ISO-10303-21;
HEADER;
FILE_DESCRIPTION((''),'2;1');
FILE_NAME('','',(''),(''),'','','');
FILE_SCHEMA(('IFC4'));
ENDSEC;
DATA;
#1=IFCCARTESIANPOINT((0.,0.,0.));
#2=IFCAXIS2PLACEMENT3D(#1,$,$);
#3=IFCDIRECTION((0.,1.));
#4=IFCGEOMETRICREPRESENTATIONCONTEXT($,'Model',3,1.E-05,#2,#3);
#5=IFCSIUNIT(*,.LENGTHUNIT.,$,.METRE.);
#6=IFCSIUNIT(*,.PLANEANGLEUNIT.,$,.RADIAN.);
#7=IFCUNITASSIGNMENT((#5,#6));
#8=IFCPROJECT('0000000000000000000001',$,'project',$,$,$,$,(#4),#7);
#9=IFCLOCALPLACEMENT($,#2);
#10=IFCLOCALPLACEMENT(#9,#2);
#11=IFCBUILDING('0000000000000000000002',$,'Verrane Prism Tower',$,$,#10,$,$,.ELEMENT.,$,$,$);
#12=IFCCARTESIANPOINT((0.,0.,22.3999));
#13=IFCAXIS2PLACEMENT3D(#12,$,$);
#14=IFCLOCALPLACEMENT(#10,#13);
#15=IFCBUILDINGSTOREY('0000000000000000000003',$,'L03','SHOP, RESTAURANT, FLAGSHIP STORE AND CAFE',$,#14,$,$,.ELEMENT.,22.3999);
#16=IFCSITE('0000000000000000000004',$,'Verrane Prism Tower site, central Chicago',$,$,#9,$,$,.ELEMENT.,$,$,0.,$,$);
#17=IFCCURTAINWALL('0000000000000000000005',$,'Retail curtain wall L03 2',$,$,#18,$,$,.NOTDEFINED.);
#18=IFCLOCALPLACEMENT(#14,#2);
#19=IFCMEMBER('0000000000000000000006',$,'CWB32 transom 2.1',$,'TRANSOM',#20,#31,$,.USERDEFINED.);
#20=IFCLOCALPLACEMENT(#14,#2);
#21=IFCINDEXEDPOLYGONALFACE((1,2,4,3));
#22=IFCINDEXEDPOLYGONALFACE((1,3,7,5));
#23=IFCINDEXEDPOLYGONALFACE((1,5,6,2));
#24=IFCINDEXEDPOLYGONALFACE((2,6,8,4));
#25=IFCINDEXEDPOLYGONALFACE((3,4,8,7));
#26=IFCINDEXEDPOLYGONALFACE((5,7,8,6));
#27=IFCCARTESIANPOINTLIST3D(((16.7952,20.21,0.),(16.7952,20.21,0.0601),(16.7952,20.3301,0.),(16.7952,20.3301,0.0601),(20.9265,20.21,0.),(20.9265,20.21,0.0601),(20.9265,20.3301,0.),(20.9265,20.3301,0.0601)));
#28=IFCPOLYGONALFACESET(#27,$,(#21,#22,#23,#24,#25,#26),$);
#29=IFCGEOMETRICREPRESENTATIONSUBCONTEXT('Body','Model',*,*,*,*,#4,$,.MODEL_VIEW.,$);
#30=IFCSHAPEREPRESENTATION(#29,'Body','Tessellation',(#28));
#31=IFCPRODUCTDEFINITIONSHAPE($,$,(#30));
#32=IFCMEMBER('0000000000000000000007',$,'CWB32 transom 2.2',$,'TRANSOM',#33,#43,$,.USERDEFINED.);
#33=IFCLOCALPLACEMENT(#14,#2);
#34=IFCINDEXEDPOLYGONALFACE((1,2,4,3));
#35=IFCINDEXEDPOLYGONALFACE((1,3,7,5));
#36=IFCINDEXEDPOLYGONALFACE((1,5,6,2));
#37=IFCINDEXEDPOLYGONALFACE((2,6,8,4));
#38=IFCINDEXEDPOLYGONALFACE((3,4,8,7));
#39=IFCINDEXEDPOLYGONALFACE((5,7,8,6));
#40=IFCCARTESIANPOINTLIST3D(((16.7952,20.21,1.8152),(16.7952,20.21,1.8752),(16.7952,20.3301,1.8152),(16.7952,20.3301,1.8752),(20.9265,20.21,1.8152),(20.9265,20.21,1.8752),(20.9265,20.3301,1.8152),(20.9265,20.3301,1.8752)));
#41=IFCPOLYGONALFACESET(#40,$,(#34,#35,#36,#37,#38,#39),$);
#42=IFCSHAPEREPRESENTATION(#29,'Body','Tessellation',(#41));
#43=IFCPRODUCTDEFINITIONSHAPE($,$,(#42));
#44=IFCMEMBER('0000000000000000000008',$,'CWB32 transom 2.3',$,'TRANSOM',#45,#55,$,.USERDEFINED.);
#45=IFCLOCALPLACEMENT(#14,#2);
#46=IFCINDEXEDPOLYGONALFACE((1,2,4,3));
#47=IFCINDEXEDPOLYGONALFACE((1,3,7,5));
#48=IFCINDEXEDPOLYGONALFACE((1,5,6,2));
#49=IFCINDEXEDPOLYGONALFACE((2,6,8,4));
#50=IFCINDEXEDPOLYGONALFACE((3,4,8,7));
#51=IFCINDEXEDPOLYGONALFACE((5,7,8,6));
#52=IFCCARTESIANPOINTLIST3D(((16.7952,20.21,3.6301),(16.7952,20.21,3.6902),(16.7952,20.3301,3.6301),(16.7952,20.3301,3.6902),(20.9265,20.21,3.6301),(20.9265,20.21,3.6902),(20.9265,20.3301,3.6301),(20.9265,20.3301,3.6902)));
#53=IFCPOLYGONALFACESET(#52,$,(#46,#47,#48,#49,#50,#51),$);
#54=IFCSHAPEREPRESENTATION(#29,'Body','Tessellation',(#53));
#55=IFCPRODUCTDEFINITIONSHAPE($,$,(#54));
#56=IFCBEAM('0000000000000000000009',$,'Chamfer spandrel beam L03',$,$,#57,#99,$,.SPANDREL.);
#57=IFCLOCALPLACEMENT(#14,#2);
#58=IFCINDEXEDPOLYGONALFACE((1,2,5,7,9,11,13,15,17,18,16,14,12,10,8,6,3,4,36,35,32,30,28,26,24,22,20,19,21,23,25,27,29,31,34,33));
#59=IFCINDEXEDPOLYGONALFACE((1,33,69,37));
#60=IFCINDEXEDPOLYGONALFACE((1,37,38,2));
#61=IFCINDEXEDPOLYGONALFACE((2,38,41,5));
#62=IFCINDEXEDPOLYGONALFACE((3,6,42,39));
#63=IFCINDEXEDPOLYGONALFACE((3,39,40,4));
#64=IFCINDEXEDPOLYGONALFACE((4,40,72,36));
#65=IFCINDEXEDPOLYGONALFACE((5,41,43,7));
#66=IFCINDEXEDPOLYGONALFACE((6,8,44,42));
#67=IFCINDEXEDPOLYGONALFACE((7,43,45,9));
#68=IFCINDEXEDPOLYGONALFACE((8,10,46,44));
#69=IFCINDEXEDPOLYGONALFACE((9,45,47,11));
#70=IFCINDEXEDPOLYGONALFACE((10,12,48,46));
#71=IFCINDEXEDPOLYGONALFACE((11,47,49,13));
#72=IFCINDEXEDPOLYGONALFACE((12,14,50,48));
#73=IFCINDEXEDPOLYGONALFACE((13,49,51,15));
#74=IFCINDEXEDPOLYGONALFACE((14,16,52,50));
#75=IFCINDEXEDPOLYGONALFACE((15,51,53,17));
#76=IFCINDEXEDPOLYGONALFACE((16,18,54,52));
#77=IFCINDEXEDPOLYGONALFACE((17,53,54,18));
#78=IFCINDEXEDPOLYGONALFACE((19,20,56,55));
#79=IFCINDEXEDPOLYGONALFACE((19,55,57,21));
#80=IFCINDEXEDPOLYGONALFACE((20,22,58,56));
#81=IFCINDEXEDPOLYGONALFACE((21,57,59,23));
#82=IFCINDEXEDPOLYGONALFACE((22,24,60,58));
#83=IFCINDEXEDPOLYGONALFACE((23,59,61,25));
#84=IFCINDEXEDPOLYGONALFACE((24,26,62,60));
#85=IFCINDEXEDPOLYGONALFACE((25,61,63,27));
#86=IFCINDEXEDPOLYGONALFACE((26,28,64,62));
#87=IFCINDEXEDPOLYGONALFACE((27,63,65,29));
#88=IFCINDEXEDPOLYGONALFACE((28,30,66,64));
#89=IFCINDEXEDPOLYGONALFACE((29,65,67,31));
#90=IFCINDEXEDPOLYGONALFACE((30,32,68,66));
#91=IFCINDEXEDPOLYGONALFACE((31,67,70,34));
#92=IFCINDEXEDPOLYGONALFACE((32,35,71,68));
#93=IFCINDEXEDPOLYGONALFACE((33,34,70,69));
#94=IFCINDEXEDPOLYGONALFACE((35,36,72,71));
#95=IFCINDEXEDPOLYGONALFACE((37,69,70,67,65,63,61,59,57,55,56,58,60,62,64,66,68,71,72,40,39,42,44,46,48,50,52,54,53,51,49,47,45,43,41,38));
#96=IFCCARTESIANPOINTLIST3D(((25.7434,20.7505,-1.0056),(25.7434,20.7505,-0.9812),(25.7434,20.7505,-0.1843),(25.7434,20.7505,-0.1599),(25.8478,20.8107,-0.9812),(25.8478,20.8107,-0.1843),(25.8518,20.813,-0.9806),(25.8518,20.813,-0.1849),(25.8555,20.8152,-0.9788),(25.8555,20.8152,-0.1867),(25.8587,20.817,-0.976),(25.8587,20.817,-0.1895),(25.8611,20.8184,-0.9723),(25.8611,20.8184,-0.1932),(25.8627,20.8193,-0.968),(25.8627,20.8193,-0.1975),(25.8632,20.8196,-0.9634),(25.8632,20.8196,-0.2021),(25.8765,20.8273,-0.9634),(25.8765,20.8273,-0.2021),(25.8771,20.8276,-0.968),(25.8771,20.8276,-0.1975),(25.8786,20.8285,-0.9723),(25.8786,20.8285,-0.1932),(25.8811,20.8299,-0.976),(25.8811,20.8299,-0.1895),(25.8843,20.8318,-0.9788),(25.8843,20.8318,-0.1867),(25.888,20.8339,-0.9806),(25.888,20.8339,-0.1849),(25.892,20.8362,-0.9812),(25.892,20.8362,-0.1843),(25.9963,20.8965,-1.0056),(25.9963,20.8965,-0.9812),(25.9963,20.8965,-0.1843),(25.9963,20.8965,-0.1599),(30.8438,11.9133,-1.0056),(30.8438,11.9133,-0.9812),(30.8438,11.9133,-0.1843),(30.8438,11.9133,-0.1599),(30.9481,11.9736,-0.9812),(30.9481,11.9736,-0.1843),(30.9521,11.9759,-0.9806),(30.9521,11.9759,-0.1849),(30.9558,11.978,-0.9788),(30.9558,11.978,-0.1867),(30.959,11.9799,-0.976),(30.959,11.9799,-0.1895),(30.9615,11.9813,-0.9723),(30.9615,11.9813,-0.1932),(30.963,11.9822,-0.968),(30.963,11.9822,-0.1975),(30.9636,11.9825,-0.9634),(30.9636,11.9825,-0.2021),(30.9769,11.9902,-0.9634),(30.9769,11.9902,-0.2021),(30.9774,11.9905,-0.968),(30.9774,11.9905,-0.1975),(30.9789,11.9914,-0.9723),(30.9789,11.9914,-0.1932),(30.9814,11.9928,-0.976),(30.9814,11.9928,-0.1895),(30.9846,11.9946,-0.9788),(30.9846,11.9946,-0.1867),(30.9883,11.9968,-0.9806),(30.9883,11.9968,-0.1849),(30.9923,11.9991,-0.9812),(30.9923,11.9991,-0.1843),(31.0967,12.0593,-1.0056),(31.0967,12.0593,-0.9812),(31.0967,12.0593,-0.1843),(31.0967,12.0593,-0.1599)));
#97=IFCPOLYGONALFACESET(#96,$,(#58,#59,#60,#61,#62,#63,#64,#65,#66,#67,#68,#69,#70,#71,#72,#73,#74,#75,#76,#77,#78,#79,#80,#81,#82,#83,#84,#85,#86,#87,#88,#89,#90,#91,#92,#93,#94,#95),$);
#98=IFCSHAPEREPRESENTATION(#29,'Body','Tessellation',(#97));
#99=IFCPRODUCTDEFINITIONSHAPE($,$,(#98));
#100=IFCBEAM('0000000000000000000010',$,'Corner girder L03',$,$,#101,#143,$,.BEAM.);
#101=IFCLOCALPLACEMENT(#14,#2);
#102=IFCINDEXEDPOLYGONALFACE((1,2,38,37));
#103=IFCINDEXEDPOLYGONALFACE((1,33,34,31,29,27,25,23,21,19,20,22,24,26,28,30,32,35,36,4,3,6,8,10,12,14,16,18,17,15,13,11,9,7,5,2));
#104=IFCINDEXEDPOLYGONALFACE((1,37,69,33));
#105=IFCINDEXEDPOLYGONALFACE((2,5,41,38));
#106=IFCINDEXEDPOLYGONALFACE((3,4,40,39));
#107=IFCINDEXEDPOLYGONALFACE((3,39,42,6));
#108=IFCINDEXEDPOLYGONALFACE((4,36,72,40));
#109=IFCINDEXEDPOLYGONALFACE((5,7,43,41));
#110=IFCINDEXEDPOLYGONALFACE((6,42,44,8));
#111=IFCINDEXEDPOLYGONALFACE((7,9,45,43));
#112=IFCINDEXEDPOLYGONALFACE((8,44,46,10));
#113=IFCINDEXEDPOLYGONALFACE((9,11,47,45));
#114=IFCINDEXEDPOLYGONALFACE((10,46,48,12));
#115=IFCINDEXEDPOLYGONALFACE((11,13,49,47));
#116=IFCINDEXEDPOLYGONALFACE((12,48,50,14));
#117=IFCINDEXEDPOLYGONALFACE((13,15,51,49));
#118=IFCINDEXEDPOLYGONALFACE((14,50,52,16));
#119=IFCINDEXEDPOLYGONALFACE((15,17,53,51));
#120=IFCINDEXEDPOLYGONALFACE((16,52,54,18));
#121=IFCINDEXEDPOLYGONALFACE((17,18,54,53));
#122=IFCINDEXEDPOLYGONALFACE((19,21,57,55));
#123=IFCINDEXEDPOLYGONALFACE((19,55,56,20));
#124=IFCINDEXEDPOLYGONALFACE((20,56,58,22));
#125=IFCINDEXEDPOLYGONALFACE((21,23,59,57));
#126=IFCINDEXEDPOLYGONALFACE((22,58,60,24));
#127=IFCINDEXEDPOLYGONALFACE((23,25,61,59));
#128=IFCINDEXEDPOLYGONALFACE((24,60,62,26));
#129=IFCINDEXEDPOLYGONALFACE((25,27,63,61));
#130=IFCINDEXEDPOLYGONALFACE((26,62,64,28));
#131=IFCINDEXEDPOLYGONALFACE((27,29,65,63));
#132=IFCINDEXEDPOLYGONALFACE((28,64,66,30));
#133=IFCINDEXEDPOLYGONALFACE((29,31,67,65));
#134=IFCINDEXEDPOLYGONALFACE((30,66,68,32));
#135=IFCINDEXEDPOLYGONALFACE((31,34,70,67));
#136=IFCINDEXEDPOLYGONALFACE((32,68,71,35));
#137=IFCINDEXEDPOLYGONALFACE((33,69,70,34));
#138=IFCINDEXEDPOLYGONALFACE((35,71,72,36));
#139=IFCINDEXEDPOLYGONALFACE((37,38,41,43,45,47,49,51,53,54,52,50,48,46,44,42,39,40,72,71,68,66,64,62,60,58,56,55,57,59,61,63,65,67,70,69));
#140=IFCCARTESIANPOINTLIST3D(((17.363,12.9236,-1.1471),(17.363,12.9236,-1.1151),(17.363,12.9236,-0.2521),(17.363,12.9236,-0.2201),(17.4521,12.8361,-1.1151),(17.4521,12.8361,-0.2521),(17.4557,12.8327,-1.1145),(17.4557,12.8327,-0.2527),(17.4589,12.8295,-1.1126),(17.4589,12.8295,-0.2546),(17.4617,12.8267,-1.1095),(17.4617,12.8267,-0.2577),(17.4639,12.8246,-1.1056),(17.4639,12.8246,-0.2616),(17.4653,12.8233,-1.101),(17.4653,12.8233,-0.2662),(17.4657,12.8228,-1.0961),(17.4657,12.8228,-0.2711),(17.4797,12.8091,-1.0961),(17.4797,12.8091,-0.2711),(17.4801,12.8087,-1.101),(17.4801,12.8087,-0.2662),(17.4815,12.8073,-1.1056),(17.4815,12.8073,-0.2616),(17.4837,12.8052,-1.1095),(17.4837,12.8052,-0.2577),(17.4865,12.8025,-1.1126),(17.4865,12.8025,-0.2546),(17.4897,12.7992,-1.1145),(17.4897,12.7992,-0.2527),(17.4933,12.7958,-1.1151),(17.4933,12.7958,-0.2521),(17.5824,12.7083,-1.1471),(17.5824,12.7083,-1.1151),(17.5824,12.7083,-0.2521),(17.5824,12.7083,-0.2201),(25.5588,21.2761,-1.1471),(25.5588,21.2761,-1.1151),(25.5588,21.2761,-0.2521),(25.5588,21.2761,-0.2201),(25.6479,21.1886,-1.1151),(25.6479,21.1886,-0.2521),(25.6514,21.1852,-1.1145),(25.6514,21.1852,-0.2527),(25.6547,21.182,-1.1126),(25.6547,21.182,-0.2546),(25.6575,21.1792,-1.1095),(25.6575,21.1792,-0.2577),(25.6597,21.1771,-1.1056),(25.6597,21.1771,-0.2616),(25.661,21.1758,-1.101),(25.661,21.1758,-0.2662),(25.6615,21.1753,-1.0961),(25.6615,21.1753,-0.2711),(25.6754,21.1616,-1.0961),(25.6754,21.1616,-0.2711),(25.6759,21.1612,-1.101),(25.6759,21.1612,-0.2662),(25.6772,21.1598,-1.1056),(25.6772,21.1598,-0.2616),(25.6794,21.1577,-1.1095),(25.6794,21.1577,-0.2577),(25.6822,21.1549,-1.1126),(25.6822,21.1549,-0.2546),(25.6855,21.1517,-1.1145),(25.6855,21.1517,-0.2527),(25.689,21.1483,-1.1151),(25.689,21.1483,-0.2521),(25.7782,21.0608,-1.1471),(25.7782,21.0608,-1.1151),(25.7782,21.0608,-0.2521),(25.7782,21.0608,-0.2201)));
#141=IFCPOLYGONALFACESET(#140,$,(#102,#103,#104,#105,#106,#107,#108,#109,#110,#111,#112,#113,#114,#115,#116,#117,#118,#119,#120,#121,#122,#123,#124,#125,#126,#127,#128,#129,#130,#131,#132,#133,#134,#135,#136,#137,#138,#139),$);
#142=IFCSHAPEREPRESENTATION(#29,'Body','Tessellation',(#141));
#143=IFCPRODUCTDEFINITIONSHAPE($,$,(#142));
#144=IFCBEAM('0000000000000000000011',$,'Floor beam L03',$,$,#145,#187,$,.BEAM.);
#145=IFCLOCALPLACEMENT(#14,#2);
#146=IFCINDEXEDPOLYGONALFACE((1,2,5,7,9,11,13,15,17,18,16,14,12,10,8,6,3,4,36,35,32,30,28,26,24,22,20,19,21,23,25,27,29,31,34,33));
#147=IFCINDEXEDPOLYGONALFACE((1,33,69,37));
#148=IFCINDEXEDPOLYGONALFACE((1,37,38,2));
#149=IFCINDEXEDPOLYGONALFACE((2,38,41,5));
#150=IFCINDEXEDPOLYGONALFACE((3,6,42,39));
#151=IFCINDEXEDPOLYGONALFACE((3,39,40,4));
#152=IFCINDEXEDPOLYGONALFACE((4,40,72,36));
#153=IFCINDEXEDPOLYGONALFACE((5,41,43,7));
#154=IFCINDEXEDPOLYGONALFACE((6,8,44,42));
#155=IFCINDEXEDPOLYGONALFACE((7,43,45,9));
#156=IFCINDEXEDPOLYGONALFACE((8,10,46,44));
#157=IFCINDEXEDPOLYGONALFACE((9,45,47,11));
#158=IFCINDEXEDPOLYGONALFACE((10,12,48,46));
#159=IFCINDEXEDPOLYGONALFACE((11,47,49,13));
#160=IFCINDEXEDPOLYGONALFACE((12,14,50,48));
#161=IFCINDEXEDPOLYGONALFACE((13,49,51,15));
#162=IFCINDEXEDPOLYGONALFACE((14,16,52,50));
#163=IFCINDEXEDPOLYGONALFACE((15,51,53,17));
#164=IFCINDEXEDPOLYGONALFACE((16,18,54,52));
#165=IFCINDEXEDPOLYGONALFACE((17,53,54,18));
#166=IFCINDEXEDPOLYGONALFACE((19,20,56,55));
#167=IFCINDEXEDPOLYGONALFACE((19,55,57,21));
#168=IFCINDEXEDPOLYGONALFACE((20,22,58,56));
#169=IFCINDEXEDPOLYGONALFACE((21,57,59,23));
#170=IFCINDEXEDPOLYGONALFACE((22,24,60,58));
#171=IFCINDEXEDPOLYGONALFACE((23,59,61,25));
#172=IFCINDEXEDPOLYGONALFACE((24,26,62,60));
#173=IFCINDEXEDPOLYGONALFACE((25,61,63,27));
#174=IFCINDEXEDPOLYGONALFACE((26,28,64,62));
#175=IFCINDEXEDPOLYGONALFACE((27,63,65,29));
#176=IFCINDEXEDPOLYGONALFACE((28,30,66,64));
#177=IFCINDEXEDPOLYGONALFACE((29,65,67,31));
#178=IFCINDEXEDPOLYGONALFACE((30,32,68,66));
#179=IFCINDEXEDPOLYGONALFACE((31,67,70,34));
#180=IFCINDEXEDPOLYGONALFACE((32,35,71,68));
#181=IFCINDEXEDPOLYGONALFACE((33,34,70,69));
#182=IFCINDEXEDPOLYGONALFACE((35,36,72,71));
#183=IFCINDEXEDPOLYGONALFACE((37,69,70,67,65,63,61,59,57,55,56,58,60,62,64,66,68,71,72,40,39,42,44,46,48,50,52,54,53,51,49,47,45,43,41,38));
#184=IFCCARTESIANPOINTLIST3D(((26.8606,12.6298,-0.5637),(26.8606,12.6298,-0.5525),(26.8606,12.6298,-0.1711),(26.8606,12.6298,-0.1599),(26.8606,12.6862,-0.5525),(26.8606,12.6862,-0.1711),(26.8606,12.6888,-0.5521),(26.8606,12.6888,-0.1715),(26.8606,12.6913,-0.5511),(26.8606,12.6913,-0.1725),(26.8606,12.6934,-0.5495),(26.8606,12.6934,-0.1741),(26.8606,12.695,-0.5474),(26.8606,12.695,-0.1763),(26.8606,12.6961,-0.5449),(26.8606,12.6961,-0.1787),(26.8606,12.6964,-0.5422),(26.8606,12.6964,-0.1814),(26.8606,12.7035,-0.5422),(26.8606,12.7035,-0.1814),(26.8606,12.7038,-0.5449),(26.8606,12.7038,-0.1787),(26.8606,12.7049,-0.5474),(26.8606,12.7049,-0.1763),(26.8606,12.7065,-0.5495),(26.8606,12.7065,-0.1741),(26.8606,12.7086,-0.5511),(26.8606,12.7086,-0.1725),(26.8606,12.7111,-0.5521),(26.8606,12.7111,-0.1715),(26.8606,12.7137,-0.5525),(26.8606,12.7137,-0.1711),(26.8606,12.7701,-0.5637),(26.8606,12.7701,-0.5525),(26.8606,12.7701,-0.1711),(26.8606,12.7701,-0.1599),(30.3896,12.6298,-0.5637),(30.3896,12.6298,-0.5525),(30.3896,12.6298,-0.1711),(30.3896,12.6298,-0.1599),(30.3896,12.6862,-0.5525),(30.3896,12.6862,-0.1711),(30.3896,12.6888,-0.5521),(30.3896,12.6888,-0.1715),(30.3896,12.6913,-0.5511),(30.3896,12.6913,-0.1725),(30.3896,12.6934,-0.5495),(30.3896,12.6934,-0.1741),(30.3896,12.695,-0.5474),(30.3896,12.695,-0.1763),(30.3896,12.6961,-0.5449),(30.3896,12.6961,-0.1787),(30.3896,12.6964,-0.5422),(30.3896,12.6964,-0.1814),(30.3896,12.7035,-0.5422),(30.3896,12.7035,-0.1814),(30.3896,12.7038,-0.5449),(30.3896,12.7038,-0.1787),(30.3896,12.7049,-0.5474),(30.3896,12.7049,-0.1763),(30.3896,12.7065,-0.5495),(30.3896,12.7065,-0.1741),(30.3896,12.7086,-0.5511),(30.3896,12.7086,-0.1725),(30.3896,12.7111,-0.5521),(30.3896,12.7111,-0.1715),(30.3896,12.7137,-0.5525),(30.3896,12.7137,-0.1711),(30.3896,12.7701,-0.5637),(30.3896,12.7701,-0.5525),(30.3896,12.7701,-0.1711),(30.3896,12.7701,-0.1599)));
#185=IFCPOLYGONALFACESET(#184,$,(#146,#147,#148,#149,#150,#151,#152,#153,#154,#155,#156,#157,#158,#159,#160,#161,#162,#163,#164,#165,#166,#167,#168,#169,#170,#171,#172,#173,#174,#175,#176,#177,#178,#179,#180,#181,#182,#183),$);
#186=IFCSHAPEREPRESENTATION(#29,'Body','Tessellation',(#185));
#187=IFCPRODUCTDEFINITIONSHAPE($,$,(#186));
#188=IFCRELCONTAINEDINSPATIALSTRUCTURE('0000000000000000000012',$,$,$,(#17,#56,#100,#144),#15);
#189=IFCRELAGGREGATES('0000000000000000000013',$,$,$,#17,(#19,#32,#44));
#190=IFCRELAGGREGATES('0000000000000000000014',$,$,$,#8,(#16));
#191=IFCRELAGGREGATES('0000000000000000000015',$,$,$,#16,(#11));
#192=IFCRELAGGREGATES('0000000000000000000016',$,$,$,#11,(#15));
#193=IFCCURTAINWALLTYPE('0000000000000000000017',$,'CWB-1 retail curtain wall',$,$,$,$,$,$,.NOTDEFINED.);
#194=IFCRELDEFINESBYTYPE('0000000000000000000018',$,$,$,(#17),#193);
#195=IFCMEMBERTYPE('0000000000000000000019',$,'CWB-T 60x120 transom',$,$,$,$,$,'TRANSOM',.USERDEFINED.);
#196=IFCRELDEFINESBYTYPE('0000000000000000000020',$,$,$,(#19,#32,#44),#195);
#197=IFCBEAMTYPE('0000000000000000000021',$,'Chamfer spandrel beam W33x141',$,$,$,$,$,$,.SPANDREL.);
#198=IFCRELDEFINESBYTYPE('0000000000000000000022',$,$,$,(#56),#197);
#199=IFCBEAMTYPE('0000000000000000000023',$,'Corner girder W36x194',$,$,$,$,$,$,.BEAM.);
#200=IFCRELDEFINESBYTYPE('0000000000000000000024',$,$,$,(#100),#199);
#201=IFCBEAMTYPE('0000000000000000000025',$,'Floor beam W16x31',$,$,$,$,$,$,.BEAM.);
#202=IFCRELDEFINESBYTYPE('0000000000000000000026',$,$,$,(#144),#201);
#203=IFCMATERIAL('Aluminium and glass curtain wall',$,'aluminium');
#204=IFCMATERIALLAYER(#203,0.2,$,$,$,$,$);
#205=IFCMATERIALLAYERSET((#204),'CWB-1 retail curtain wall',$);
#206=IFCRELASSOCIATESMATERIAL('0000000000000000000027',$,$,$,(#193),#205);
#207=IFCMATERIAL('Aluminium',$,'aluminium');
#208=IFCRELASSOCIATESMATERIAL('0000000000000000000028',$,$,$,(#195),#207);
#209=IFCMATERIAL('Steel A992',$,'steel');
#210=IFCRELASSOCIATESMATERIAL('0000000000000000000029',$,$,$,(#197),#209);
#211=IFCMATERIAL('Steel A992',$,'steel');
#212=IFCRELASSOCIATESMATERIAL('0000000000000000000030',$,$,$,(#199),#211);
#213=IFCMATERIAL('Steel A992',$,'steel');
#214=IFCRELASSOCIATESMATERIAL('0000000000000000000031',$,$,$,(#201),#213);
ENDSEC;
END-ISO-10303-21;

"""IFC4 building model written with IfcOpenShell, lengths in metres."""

from ifc_helpers import new_model, si_unit, direction, frame, origin, origin_2d, place, context, subcontext, project, spatial, rectangle, i_section, extrude, material, layer, layer_set, material_profile, profile_set, type_object, element, aggregate, save


model = new_model("IFC4")

# Units and contexts
model_context = context("Model", 3, precision=1e-05, world=origin(), true_north=direction((0.0, 1.0)))
body_context = subcontext(model_context, "Body", "Model", "MODEL_VIEW")
ifc_project = project(units=[si_unit("LENGTHUNIT", "METRE"), si_unit("PLANEANGLEUNIT", "RADIAN")], contexts=[model_context])

# Site, building, storey
site_placement = place(None, origin())
site = spatial("IfcSite", under=ifc_project, at=site_placement, Name="Verrane Prism Tower site, central Chicago", CompositionType="ELEMENT", RefElevation=0.0)
building_placement = place(site_placement, origin())
building = spatial("IfcBuilding", under=site, at=building_placement, Name="Verrane Prism Tower", CompositionType="ELEMENT")
storey_placement = place(building_placement, frame((0.0, 0.0, 22.3999)))
storey = spatial("IfcBuildingStorey", under=building, at=storey_placement, Name="L03", Description="SHOP, RESTAURANT, FLAGSHIP STORE AND CAFE", CompositionType="ELEMENT", Elevation=22.3999)

# Curtain wall
ifc_material_1 = material(Name="Aluminium and glass curtain wall", Category="aluminium")
ifc_layer_1 = layer(ifc_material_1, 0.2)
ifc_layer_set_1 = layer_set([ifc_layer_1], Name="CWB-1 retail curtain wall")
curtain_wall_type = type_object("IfcCurtainWallType", Name="CWB-1 retail curtain wall", PredefinedType="NOTDEFINED", material=ifc_layer_set_1)
curtain_wall_1_placement = place(storey_placement, origin())
curtain_wall_1 = element("IfcCurtainWall", 1, at=curtain_wall_1_placement, inside=storey, type_object=curtain_wall_type, Name="Retail curtain wall L03 2", PredefinedType="NOTDEFINED")

# Members
ifc_material_2 = material(Name="Aluminium", Category="aluminium")
ifc_material_profile_1 = material_profile(ifc_material_2, rectangle(XDim=0.1201, YDim=0.0601, at=origin_2d()), Name="CWB-T 60x120 transom")
ifc_profile_set_1 = profile_set([ifc_material_profile_1], Name="Aluminium")
member_type_1 = type_object("IfcMemberType", Name="CWB-T 60x120 transom", ElementType="TRANSOM", PredefinedType="USERDEFINED", material=ifc_profile_set_1)
member_1_placement = place(storey_placement, frame((20.9265, 20.27, 0.03), z_axis=(-1.0, 0.0, 0.0), x_axis=(0.0, -1.0, 0.0)))
member_1 = element("IfcMember", 2, at=member_1_placement, type_object=member_type_1, Name="CWB32 transom 2.1", ObjectType="TRANSOM", PredefinedType="USERDEFINED", context=body_context, shape_type="SweptSolid", body=[
    extrude(rectangle(XDim=0.1201, YDim=0.0601, at=origin_2d()), origin(), (0.0, 0.0, 1.0), 4.1313),
])
member_2_placement = place(storey_placement, frame((20.9265, 20.27, 1.8452), z_axis=(-1.0, 0.0, 0.0), x_axis=(0.0, -1.0, 0.0)))
member_2 = element("IfcMember", 3, at=member_2_placement, type_object=member_type_1, Name="CWB32 transom 2.2", ObjectType="TRANSOM", PredefinedType="USERDEFINED", context=body_context, shape_type="SweptSolid", body=[
    extrude(rectangle(XDim=0.1201, YDim=0.0601, at=origin_2d()), origin(), (0.0, 0.0, 1.0), 4.1313),
])
member_3_placement = place(storey_placement, frame((20.9265, 20.27, 3.6602), z_axis=(-1.0, 0.0, 0.0), x_axis=(0.0, -1.0, 0.0)))
member_3 = element("IfcMember", 4, at=member_3_placement, type_object=member_type_1, Name="CWB32 transom 2.3", ObjectType="TRANSOM", PredefinedType="USERDEFINED", context=body_context, shape_type="SweptSolid", body=[
    extrude(rectangle(XDim=0.1201, YDim=0.0601, at=origin_2d()), origin(), (0.0, 0.0, 1.0), 4.1313),
])

# Beams
ifc_material_3 = material(Name="Steel A992", Category="steel")
ifc_material_profile_2 = material_profile(ifc_material_3, i_section(OverallWidth=0.292, OverallDepth=0.8457, WebThickness=0.0154, FlangeThickness=0.0244, FilletRadius=0.0178, at=origin_2d()), Name="W33x141")
ifc_profile_set_2 = profile_set([ifc_material_profile_2], Name="Steel A992")
beam_type_1 = type_object("IfcBeamType", Name="Chamfer spandrel beam W33x141", PredefinedType="SPANDREL", material=ifc_profile_set_2)
beam_1_placement = place(storey_placement, frame((30.9702, 11.9863, -0.5828), z_axis=(-0.499868, 0.866102, 0.0), x_axis=(-0.866102, -0.499868, 0.0)))
element("IfcBeam", 5, at=beam_1_placement, inside=storey, type_object=beam_type_1, Name="Chamfer spandrel beam L03", PredefinedType="SPANDREL", context=body_context, shape_type="SweptSolid", body=[
    extrude(i_section(OverallWidth=0.292, OverallDepth=0.8457, WebThickness=0.0154, FlangeThickness=0.0244, FilletRadius=0.0178, at=origin_2d()), origin(), (0.0, 0.0, 1.0), 10.2034),
])
ifc_material_4 = material(Name="Steel A992", Category="steel")
ifc_material_profile_3 = material_profile(ifc_material_4, i_section(OverallWidth=0.3074, OverallDepth=0.927, WebThickness=0.0195, FlangeThickness=0.032, FilletRadius=0.019, at=origin_2d()), Name="W36x194")
ifc_profile_set_3 = profile_set([ifc_material_profile_3], Name="Steel A992")
beam_type_2 = type_object("IfcBeamType", Name="Corner girder W36x194", PredefinedType="BEAM", material=ifc_profile_set_3)
beam_2_placement = place(storey_placement, frame((25.6685, 21.1685, -0.6836), z_axis=(-0.700378, -0.713772, 0.0), x_axis=(0.713772, -0.700378, 0.0)))
element("IfcBeam", 6, at=beam_2_placement, inside=storey, type_object=beam_type_2, Name="Corner girder L03", PredefinedType="BEAM", context=body_context, shape_type="SweptSolid", body=[
    extrude(i_section(OverallWidth=0.3074, OverallDepth=0.927, WebThickness=0.0195, FlangeThickness=0.032, FilletRadius=0.019, at=origin_2d()), origin(), (0.0, 0.0, 1.0), 11.7019),
])
ifc_material_5 = material(Name="Steel A992", Category="steel")
ifc_material_profile_4 = material_profile(ifc_material_5, i_section(OverallWidth=0.1404, OverallDepth=0.4038, WebThickness=0.0071, FlangeThickness=0.0112, FilletRadius=0.0103, at=origin_2d()), Name="W16x31")
ifc_profile_set_4 = profile_set([ifc_material_profile_4], Name="Steel A992")
beam_type_3 = type_object("IfcBeamType", Name="Floor beam W16x31", PredefinedType="BEAM", material=ifc_profile_set_4)
beam_3_placement = place(storey_placement, frame((26.8606, 12.7, -0.3618), z_axis=(1.0, 0.0, 0.0), x_axis=(0.0, 1.0, 0.0)))
element("IfcBeam", 7, at=beam_3_placement, inside=storey, type_object=beam_type_3, Name="Floor beam L03", PredefinedType="BEAM", context=body_context, shape_type="SweptSolid", body=[
    extrude(i_section(OverallWidth=0.1404, OverallDepth=0.4038, WebThickness=0.0071, FlangeThickness=0.0112, FilletRadius=0.0103, at=origin_2d()), origin(), (0.0, 0.0, 1.0), 3.5291),
])

aggregate(curtain_wall_1, [member_1, member_2, member_3])

save(model, "model.ifc")
